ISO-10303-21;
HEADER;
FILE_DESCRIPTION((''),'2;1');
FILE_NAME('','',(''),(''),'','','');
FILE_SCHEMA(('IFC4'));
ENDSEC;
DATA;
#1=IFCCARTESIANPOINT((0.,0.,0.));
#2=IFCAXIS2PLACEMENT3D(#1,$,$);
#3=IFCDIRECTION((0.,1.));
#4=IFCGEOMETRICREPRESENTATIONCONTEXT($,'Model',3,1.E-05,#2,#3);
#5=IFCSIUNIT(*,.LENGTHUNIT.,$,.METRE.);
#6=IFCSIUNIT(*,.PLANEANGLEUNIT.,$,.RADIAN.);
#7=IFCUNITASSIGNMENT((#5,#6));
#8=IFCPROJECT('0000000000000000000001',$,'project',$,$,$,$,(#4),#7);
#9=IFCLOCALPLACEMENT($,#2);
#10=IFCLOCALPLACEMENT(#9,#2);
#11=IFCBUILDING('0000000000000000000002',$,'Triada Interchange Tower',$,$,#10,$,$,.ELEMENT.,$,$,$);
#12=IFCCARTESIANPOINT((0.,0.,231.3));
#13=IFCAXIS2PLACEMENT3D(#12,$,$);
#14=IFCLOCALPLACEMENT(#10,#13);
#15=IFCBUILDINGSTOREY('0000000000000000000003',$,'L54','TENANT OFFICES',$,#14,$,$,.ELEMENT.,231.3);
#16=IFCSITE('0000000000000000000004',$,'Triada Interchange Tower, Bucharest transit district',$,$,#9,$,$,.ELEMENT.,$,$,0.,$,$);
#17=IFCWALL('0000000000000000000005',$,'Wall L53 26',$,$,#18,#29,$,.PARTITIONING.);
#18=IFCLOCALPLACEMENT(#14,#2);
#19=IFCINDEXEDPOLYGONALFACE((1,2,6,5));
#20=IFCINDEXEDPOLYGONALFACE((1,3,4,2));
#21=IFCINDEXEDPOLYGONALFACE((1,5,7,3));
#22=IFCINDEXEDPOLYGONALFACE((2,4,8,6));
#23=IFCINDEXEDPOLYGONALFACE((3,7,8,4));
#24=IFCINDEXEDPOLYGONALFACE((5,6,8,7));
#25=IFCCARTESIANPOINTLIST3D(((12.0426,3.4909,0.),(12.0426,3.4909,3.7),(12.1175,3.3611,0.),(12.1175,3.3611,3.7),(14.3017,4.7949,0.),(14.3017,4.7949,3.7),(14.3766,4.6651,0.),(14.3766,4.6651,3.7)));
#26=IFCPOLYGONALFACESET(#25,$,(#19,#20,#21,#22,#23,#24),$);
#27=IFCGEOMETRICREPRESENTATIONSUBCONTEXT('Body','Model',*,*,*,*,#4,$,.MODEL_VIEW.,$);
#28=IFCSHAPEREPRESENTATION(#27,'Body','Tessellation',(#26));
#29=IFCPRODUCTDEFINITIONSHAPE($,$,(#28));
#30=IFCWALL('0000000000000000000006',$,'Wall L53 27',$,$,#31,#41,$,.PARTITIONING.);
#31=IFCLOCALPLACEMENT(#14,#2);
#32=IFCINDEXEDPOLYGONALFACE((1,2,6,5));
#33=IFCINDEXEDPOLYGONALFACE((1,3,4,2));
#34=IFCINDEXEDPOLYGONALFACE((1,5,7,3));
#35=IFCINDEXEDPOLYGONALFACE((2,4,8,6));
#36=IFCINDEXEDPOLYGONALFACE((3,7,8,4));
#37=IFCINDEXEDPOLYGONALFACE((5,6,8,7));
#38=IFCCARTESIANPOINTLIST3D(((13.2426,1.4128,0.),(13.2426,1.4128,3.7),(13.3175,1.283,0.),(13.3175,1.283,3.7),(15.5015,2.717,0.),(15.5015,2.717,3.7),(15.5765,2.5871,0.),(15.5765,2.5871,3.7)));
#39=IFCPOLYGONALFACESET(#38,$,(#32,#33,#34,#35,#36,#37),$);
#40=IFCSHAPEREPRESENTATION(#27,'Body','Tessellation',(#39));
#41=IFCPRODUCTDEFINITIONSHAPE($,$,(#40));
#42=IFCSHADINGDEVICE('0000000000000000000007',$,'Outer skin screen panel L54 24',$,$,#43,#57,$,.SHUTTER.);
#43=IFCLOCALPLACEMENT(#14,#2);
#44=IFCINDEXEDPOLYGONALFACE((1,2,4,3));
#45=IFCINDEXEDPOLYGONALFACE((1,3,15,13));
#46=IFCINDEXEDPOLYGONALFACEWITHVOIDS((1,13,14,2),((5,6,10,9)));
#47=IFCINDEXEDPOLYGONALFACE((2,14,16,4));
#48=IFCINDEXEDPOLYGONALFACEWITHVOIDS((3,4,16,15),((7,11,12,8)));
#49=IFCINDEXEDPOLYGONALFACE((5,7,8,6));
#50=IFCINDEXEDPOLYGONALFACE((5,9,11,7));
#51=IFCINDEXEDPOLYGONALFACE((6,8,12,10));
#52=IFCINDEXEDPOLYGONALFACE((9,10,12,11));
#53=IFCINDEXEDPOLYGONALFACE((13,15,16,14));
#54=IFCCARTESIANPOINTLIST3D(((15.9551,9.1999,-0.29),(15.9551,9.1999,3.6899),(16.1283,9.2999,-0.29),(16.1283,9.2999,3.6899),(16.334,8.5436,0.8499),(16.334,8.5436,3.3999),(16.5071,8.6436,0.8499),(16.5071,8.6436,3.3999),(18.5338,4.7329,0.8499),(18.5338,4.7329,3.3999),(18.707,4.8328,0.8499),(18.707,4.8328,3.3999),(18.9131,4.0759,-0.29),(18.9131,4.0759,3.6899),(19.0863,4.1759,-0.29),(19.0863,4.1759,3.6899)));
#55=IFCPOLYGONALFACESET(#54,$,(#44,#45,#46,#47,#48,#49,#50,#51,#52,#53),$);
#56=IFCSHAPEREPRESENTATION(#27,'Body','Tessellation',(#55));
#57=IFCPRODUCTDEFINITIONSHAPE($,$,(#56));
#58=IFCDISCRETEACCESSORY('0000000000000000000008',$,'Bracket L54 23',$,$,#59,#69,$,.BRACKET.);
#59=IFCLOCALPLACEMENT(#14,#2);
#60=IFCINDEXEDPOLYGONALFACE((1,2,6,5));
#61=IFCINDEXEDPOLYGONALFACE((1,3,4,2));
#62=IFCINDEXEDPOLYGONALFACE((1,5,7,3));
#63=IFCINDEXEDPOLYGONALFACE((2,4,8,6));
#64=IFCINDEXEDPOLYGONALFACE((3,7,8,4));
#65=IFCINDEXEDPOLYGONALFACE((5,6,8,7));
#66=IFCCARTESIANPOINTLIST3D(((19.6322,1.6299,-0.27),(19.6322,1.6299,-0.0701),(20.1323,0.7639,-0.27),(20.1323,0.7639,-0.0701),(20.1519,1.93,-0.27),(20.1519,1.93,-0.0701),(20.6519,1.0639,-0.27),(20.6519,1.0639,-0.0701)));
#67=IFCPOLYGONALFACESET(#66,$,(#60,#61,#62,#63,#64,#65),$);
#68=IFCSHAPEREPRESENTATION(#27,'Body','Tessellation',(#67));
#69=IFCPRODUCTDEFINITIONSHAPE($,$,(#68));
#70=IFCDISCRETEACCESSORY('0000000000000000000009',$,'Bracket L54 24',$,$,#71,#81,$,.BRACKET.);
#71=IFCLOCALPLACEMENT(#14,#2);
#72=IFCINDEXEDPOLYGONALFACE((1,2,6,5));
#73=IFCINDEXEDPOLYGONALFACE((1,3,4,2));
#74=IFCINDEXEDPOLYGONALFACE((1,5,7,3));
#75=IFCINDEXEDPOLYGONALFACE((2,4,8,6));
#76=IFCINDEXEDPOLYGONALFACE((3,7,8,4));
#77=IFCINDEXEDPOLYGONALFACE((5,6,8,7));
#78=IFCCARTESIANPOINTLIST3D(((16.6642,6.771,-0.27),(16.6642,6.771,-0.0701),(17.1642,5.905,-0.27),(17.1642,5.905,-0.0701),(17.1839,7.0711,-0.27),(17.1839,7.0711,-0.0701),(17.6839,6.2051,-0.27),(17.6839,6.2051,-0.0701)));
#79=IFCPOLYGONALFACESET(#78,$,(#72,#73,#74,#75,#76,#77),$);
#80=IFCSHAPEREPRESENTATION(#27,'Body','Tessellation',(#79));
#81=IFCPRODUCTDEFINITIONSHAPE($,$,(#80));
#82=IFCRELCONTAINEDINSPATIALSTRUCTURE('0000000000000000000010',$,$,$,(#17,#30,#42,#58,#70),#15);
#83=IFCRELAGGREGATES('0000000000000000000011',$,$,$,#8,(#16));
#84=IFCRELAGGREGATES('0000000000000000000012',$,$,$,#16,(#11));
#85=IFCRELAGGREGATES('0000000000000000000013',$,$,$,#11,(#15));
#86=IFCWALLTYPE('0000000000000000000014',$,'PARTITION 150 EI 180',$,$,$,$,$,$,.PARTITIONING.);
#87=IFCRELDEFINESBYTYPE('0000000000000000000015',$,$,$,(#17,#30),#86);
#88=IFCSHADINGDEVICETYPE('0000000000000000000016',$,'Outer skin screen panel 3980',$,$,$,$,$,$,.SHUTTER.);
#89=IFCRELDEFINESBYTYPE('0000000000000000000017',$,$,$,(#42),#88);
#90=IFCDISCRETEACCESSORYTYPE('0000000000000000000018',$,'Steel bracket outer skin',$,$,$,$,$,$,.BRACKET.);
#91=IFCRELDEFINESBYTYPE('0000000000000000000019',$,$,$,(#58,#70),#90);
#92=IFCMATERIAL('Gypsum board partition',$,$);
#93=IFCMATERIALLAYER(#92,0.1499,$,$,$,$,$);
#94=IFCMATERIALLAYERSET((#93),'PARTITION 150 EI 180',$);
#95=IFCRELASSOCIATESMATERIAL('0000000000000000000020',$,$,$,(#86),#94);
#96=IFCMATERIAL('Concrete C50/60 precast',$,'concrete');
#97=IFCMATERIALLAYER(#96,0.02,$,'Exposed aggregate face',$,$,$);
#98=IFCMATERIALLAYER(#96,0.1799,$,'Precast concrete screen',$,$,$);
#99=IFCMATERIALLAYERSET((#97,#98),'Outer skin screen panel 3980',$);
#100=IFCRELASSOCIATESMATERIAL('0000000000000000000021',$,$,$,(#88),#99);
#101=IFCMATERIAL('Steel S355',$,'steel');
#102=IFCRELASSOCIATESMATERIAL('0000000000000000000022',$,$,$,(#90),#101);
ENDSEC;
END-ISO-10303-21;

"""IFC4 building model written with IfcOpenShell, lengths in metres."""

from ifc_helpers import new_model, si_unit, direction, frame, frame_2d, origin, origin_2d, place, context, subcontext, project, spatial, polyline, rectangle, outline, extrude, material, layer, layer_set, type_object, element, save


model = new_model("IFC4")

# Units and contexts
model_context = context("Model", 3, precision=1e-05, world=origin(), true_north=direction((0.0, 1.0)))
body_context = subcontext(model_context, "Body", "Model", "MODEL_VIEW")
ifc_project = project(units=[si_unit("LENGTHUNIT", "METRE"), si_unit("PLANEANGLEUNIT", "RADIAN")], contexts=[model_context])

# Site, building, storey
site_placement = place(None, origin())
site = spatial("IfcSite", under=ifc_project, at=site_placement, Name="Triada Interchange Tower, Bucharest transit district", CompositionType="ELEMENT", RefElevation=0.0)
building_placement = place(site_placement, origin())
building = spatial("IfcBuilding", under=site, at=building_placement, Name="Triada Interchange Tower", CompositionType="ELEMENT")
storey_placement = place(building_placement, frame((0.0, 0.0, 231.3)))
storey = spatial("IfcBuildingStorey", under=building, at=storey_placement, Name="L54", Description="TENANT OFFICES", CompositionType="ELEMENT", Elevation=231.3)

# Walls
ifc_material_1 = material(Name="Gypsum board partition")
ifc_layer_1 = layer(ifc_material_1, 0.1499)
ifc_layer_set_1 = layer_set([ifc_layer_1], Name="PARTITION 150 EI 180")
wall_type_1 = type_object("IfcWallType", Name="PARTITION 150 EI 180", PredefinedType="PARTITIONING", material=ifc_layer_set_1)
for number, where, z_axis, x_axis, name in (
    (1, (12.0801, 3.426, 0.0), (0.0, 0.0, 1.0), (0.866075, 0.499914, 0.0), "Wall L53 26"),
    (2, (13.28, 1.3479, 0.0), (0.0, 0.0, 1.0), (0.866034, 0.499984, 0.0), "Wall L53 27"),
):
    element("IfcWall", number, at=place(storey_placement, frame(where, z_axis=z_axis, x_axis=x_axis)), inside=storey, type_object=wall_type_1, Name=name, PredefinedType="PARTITIONING", context=body_context, shape_type="SweptSolid", body=[
        extrude(rectangle(XDim=2.6084, YDim=0.1499, at=frame_2d((1.3042, 0.0))), origin(), (0.0, 0.0, 1.0), 3.7),
    ])

# Shading device
ifc_material_2 = material(Name="Concrete C50/60 precast", Category="concrete")
ifc_layer_2 = layer(ifc_material_2, 0.02, Name="Exposed aggregate face")
ifc_layer_3 = layer(ifc_material_2, 0.1799, Name="Precast concrete screen")
ifc_layer_set_2 = layer_set([ifc_layer_2, ifc_layer_3], Name="Outer skin screen panel 3980")
shading_device_type = type_object("IfcShadingDeviceType", Name="Outer skin screen panel 3980", PredefinedType="SHUTTER", material=ifc_layer_set_2)
shading_device_placement = place(storey_placement, frame((18.9131, 4.0759, -0.29), z_axis=(0.0, 0.0, 1.0), x_axis=(-0.499956, 0.866051, 0.0)))
element("IfcShadingDevice", 3, at=shading_device_placement, inside=storey, type_object=shading_device_type, Name="Outer skin screen panel L54 24", PredefinedType="SHUTTER", context=body_context, shape_type="SweptSolid", body=[
    extrude(outline(polyline([(0.0, 0.0), (5.9165, 0.0), (5.9165, 3.98), (0.0, 3.98), (0.0, 0.0)]), holes=[polyline([(0.7585, 1.1399), (0.7585, 3.6899), (5.1587, 3.6899), (5.1587, 1.1399), (0.7585, 1.1399)])]), frame((0.0, 0.0, 0.0), z_axis=(0.0, -1.0, 0.0), x_axis=(1.0, 0.0, 0.0)), (0.0, 0.0, 1.0), 0.2),
])

# Discrete accessories
ifc_material_3 = material(Name="Steel S355", Category="steel")
discrete_accessory_type = type_object("IfcDiscreteAccessoryType", Name="Steel bracket outer skin", PredefinedType="BRACKET", material=ifc_material_3)
for number, where, z_axis, x_axis, name in (
    (4, (20.1421, 1.3469, -0.27), (0.0, 0.0, 1.0), (0.866014, 0.500019, 0.0), "Bracket L54 23"),
    (5, (17.1741, 6.488, -0.27), (0.0, 0.0, 1.0), (0.866014, 0.500019, 0.0), "Bracket L54 24"),
):
    element("IfcDiscreteAccessory", number, at=place(storey_placement, frame(where, z_axis=z_axis, x_axis=x_axis)), inside=storey, type_object=discrete_accessory_type, Name=name, PredefinedType="BRACKET", context=body_context, shape_type="SweptSolid", body=[
        extrude(rectangle(XDim=0.6001, YDim=1.0, at=origin_2d()), origin(), (0.0, 0.0, 1.0), 0.2),
    ])

save(model, "model.ifc")
